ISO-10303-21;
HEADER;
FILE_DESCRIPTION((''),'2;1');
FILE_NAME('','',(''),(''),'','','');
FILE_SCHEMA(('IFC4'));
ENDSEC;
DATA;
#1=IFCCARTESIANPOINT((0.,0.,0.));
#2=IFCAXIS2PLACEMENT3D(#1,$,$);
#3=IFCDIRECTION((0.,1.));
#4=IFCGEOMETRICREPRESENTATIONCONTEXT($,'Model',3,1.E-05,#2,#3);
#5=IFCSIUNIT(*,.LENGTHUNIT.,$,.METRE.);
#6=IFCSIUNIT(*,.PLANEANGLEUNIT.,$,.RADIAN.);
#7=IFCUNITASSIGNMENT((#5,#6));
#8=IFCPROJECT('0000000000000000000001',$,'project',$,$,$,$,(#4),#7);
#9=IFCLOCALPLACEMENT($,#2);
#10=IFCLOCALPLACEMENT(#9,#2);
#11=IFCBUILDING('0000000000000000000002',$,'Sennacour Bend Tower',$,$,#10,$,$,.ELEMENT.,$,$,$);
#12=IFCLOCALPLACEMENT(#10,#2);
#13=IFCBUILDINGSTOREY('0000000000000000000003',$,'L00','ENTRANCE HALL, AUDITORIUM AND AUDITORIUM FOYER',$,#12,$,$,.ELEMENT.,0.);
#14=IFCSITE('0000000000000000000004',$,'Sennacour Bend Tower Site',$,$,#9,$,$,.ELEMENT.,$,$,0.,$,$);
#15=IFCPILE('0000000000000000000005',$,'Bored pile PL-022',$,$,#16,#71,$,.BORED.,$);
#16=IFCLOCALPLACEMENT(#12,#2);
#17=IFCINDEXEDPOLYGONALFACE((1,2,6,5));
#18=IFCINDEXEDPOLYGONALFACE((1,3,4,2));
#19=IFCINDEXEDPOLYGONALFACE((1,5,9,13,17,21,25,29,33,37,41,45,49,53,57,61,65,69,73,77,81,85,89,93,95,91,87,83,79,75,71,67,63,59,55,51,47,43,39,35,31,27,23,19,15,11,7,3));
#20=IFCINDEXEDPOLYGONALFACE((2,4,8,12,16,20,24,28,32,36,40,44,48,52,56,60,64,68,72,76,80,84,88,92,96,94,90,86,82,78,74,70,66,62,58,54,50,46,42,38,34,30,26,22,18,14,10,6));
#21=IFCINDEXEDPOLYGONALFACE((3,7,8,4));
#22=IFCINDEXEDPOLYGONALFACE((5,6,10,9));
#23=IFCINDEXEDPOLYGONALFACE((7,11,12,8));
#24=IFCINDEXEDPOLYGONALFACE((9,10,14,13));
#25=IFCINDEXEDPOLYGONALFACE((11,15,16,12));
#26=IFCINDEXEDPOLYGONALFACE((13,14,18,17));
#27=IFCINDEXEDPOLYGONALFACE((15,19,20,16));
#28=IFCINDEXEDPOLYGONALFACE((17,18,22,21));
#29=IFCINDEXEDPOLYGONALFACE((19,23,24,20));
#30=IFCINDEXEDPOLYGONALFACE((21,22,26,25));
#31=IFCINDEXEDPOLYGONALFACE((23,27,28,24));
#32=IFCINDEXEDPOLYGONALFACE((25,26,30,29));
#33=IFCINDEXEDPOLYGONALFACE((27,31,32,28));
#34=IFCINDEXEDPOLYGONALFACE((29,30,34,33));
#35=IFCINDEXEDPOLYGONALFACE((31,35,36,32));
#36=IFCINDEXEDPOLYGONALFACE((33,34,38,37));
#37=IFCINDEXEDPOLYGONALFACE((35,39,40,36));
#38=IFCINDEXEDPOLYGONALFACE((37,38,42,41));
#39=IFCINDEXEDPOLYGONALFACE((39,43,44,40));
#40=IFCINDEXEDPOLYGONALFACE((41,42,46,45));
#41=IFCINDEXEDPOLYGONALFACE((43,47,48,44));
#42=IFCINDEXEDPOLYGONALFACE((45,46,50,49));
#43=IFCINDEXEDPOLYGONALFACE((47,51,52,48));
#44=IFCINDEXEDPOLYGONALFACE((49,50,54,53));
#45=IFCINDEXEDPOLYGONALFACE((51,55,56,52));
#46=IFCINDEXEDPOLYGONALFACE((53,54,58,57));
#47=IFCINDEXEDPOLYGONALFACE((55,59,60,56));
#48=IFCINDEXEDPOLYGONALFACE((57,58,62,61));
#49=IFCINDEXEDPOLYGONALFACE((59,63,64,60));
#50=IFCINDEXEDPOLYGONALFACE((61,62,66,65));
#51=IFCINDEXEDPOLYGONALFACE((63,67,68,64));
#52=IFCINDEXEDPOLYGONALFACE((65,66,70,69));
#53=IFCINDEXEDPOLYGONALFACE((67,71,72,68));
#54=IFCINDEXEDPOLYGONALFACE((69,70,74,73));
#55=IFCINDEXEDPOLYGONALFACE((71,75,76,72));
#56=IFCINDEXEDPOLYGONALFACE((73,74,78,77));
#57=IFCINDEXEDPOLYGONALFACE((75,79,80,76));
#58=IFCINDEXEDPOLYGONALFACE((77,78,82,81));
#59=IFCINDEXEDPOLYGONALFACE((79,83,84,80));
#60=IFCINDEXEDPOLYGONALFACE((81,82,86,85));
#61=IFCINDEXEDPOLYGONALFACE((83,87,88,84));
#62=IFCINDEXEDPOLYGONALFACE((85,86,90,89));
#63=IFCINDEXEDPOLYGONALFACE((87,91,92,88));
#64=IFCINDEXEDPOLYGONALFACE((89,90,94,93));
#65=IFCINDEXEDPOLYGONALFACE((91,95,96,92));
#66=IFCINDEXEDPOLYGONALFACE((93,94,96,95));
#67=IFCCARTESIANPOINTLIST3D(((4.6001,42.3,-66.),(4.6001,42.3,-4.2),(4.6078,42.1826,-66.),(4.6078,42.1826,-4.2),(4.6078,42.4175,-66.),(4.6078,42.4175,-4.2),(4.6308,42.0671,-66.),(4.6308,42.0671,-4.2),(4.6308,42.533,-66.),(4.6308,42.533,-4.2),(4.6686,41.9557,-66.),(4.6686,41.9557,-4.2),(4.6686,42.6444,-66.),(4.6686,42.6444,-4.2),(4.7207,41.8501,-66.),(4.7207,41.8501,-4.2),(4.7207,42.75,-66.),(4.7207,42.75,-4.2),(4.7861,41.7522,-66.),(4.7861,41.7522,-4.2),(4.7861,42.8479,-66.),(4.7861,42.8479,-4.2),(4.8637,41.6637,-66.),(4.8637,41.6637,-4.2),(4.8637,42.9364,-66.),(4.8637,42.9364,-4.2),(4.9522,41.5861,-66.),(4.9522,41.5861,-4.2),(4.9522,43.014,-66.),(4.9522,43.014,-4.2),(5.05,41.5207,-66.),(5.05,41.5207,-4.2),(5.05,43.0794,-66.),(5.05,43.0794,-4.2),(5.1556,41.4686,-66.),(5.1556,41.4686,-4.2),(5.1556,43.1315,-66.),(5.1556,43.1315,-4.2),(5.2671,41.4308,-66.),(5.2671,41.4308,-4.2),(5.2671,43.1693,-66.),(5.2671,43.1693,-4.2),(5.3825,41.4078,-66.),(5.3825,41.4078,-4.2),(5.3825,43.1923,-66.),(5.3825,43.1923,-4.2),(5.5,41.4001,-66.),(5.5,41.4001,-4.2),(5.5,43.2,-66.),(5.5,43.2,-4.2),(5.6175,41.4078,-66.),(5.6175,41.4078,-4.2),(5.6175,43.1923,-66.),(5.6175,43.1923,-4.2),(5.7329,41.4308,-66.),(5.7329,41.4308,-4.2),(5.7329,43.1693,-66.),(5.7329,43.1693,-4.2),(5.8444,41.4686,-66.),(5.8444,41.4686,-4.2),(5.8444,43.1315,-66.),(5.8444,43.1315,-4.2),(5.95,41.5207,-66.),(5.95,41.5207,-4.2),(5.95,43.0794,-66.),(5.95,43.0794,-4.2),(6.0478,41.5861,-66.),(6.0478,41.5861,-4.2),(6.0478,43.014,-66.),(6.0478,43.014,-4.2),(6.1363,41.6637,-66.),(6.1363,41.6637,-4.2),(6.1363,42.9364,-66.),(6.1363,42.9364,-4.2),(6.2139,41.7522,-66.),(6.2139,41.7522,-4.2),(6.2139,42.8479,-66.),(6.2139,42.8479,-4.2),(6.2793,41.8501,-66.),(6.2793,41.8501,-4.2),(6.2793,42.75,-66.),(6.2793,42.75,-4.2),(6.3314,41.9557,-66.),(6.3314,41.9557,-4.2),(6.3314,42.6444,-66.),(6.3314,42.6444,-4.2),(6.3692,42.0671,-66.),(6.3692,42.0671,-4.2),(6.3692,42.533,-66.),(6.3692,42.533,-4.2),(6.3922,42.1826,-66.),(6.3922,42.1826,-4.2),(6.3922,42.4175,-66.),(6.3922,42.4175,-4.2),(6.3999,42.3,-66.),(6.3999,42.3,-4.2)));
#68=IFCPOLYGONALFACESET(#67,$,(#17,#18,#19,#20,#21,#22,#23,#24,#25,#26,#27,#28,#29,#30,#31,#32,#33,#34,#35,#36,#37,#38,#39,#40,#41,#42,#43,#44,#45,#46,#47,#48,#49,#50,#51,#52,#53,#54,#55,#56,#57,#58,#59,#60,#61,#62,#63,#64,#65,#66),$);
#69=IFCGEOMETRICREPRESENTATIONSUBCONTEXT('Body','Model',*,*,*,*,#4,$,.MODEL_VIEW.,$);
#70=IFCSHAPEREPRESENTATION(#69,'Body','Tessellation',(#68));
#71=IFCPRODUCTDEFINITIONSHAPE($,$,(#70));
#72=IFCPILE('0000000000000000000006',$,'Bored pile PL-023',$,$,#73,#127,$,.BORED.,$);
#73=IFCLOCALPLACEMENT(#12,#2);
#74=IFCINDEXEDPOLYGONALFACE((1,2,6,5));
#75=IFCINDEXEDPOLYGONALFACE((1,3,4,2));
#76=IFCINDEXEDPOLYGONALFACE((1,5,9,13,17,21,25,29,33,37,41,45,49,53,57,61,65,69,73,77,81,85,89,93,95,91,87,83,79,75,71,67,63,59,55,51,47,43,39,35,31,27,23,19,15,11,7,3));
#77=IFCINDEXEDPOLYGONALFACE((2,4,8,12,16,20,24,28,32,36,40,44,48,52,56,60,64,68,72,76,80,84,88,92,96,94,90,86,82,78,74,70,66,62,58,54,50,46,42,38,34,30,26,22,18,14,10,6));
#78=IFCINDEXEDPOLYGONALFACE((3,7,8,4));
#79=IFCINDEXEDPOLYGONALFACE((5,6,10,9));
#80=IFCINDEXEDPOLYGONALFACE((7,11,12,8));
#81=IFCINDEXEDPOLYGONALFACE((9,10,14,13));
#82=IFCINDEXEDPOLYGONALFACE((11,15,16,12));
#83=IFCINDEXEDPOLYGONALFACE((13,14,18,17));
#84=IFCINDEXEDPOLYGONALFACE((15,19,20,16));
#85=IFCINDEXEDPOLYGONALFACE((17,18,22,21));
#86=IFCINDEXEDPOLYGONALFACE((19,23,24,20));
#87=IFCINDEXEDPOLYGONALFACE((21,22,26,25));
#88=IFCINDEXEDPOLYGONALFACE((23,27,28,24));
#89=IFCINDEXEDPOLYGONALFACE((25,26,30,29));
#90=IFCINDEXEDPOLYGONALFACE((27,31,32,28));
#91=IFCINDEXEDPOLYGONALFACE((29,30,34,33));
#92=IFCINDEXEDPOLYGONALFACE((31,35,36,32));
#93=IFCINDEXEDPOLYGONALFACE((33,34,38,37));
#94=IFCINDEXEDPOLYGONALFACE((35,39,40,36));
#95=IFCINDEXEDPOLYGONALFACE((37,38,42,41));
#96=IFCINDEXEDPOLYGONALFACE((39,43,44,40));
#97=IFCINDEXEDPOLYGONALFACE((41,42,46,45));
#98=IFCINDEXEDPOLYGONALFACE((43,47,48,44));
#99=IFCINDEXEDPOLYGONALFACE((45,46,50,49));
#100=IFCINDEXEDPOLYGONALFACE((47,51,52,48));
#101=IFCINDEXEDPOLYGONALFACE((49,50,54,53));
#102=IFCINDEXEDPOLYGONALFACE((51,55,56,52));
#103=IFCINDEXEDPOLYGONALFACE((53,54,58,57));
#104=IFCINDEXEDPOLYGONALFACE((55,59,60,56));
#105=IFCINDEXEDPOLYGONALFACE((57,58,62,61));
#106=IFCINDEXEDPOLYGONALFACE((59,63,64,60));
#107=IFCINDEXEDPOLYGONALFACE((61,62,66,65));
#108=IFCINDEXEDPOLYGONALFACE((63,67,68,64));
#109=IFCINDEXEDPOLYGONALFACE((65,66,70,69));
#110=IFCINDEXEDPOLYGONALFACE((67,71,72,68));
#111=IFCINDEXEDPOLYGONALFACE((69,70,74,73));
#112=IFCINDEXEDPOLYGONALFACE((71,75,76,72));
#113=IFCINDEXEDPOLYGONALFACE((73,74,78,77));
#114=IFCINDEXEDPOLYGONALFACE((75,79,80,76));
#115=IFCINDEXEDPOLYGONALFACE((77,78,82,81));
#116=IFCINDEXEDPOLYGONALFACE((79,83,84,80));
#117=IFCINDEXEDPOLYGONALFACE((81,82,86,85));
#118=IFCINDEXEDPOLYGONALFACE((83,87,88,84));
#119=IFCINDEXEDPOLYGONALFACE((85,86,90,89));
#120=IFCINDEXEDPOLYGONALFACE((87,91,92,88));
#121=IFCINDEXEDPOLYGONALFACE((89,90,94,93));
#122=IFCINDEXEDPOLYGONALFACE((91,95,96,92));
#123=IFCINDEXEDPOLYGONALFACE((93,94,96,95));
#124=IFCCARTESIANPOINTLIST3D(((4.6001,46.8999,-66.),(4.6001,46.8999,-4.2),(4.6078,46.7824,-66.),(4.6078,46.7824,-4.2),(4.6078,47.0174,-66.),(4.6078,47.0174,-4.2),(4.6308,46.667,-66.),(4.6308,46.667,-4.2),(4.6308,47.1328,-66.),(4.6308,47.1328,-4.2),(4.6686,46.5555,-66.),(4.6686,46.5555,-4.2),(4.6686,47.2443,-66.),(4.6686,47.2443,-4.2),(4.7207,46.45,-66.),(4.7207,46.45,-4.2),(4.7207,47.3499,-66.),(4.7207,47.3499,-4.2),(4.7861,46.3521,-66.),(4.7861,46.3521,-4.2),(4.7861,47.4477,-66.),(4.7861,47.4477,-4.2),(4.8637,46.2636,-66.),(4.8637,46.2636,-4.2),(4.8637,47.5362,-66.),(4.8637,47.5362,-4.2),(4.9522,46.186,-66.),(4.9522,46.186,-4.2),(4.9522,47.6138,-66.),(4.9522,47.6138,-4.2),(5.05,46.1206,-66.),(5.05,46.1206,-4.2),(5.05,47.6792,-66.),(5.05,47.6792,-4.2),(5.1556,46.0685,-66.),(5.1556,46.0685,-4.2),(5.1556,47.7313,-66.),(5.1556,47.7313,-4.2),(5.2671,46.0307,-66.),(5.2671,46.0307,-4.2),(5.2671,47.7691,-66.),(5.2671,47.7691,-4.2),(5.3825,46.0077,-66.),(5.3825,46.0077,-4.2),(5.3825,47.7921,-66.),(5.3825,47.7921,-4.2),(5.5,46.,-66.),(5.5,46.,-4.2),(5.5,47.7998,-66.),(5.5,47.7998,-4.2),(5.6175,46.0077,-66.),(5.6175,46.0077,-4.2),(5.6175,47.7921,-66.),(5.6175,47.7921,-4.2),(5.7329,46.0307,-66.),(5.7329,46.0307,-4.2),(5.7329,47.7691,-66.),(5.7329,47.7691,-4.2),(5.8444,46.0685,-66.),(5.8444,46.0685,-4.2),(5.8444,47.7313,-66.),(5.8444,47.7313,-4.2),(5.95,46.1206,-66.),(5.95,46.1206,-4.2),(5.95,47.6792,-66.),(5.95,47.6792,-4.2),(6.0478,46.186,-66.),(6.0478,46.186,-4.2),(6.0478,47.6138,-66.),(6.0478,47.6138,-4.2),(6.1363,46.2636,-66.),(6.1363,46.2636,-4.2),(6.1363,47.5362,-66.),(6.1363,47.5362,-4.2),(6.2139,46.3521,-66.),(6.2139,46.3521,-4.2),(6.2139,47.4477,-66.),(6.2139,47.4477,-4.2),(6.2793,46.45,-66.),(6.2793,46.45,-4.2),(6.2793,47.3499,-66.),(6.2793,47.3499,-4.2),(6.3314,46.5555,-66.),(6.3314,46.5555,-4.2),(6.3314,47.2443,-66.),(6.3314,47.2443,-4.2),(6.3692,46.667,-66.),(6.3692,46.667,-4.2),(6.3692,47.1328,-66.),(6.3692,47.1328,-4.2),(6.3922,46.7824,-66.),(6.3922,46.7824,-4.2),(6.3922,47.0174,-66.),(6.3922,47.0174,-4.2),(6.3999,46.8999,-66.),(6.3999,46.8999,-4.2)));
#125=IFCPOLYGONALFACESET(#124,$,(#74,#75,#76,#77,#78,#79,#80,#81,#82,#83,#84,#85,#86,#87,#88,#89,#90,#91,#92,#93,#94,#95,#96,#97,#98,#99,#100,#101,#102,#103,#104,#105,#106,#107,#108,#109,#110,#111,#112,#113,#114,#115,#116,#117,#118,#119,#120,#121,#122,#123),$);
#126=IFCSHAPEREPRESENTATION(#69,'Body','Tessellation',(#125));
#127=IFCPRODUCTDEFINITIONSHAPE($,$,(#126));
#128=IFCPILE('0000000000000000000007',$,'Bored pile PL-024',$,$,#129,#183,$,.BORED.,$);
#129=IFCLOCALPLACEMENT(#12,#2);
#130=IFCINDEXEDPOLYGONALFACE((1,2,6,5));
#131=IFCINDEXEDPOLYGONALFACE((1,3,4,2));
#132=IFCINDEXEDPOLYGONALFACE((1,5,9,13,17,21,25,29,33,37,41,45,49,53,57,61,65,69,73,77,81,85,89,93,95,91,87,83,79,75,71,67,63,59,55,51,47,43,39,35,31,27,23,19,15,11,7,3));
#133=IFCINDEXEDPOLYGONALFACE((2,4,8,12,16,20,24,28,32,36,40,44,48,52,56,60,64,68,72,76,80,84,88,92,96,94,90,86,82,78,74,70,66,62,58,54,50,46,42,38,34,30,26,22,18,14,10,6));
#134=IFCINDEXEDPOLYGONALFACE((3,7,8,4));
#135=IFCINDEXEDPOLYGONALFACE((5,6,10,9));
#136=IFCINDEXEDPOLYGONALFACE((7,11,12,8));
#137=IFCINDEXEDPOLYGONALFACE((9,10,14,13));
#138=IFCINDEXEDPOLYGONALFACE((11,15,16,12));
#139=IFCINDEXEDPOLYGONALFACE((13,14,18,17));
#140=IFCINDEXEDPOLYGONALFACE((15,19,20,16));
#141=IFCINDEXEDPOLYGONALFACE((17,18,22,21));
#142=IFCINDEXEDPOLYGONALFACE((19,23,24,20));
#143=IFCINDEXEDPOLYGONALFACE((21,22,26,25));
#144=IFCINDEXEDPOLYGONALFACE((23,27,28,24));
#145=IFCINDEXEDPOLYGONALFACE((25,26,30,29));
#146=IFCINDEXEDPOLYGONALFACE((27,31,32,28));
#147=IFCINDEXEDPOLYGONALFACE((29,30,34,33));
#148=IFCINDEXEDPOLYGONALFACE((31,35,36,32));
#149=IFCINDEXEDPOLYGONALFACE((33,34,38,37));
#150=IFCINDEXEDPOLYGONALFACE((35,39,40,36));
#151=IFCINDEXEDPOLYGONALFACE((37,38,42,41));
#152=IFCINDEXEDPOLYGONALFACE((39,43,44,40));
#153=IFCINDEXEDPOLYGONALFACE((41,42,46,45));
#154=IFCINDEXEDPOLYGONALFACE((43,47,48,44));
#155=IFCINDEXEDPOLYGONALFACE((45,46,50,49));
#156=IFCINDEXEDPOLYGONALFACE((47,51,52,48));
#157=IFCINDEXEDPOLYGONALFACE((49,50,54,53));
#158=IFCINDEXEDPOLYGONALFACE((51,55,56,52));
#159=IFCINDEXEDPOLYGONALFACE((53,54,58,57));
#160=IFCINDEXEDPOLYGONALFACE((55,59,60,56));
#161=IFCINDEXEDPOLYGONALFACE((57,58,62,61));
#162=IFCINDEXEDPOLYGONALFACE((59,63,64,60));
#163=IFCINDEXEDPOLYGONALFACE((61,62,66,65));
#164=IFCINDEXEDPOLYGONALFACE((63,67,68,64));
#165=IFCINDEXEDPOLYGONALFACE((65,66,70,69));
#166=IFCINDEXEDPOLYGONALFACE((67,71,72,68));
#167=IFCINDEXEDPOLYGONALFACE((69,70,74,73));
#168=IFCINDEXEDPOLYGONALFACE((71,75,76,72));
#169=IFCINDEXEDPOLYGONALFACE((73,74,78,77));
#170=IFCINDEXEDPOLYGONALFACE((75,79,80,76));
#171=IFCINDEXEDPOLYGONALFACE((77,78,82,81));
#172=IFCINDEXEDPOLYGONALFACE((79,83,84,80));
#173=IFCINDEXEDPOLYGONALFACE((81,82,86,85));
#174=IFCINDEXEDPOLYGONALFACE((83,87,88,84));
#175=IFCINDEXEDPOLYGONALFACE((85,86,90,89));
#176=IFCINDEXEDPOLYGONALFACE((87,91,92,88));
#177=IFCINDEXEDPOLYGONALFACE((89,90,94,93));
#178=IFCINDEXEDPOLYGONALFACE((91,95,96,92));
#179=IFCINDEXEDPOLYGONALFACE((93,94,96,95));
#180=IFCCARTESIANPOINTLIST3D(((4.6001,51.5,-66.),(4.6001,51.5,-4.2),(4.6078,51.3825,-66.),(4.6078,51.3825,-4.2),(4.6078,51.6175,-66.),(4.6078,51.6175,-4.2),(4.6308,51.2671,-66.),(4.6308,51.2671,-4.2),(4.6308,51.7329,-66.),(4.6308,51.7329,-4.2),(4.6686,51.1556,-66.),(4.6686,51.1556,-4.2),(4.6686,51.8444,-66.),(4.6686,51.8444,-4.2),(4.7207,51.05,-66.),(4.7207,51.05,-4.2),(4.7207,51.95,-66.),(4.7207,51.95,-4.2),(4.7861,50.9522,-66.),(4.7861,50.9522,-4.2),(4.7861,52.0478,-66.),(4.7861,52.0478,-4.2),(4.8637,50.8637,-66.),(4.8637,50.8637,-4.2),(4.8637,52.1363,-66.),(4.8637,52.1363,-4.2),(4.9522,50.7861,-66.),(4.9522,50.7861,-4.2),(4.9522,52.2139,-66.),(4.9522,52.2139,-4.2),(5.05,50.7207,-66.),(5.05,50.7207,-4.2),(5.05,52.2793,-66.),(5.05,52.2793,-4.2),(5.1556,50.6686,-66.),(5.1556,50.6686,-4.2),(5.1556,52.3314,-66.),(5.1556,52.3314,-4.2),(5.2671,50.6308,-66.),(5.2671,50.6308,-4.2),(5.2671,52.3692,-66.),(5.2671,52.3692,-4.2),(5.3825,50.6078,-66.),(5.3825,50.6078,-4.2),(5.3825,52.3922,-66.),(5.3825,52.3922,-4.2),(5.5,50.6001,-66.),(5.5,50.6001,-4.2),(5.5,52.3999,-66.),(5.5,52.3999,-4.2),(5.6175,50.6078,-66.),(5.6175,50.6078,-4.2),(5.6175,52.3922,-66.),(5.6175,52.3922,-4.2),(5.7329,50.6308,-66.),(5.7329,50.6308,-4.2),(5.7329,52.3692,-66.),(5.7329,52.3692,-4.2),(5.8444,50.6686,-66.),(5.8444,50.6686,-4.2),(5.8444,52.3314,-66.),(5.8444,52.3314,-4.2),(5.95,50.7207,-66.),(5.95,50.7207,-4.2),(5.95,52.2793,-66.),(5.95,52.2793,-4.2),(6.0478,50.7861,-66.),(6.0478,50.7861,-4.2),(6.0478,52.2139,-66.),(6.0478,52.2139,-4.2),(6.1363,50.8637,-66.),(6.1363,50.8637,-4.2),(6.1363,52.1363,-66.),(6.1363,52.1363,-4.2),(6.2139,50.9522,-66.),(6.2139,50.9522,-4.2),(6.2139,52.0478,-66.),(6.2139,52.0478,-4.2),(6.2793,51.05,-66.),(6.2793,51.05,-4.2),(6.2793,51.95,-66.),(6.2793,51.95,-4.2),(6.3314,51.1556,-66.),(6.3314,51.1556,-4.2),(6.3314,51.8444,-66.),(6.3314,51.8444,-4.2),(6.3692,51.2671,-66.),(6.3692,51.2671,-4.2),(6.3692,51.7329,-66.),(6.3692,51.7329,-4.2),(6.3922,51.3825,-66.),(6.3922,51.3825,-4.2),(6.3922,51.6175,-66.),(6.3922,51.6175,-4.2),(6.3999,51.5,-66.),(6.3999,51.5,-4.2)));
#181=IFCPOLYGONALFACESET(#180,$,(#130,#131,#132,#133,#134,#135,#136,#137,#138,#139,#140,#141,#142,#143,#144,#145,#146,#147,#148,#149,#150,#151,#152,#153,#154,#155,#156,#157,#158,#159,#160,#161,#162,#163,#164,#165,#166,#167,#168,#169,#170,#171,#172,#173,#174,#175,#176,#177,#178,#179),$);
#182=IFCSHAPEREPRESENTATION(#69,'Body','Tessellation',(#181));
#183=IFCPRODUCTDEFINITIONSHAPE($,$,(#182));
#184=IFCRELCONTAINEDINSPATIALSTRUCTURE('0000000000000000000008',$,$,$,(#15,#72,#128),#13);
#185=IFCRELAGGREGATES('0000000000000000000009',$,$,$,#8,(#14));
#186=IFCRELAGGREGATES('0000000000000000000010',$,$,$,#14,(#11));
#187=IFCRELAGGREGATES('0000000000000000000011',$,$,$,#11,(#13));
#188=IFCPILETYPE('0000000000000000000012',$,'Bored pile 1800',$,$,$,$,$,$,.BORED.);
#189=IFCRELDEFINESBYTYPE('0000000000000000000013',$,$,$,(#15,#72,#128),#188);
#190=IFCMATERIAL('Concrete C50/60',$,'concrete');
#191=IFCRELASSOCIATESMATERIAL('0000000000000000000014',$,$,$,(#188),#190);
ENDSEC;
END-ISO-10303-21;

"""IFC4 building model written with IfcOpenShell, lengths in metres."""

from ifc_helpers import new_model, si_unit, direction, frame, origin, origin_2d, place, context, subcontext, project, spatial, circle, extrude, material, material_profile, profile_set, type_object, element, save


model = new_model("IFC4")

# Units and contexts
model_context = context("Model", 3, precision=1e-05, world=origin(), true_north=direction((0.0, 1.0)))
body_context = subcontext(model_context, "Body", "Model", "MODEL_VIEW")
ifc_project = project(units=[si_unit("LENGTHUNIT", "METRE"), si_unit("PLANEANGLEUNIT", "RADIAN")], contexts=[model_context])

# Site, building, storey
site_placement = place(None, origin())
site = spatial("IfcSite", under=ifc_project, at=site_placement, Name="Sennacour Bend Tower Site", CompositionType="ELEMENT", RefElevation=0.0)
building_placement = place(site_placement, origin())
building = spatial("IfcBuilding", under=site, at=building_placement, Name="Sennacour Bend Tower", CompositionType="ELEMENT")
storey_placement = place(building_placement, origin())
storey = spatial("IfcBuildingStorey", under=building, at=storey_placement, Name="L00", Description="ENTRANCE HALL, AUDITORIUM AND AUDITORIUM FOYER", CompositionType="ELEMENT", Elevation=0.0)

# Piles
ifc_material_1 = material(Name="Concrete C50/60", Category="concrete")
ifc_material_profile = material_profile(ifc_material_1, circle(Radius=0.8999, at=origin_2d()), Name="Concrete C50/60", Category="concrete")
ifc_profile_set = profile_set([ifc_material_profile], Name="Concrete C50/60")
pile_type = type_object("IfcPileType", Name="Bored pile 1800", PredefinedType="BORED", material=ifc_profile_set)
for number, where, z_axis, x_axis, name in (
    (1, (5.5, 42.3, -4.2), (0.0, 0.0, -1.0), (1.0, 0.0, 0.0), "Bored pile PL-022"),
    (2, (5.5, 46.8999, -4.2), (0.0, 0.0, -1.0), (1.0, 0.0, 0.0), "Bored pile PL-023"),
    (3, (5.5, 51.5, -4.2), (0.0, 0.0, -1.0), (1.0, 0.0, 0.0), "Bored pile PL-024"),
):
    element("IfcPile", number, at=place(storey_placement, frame(where, z_axis=z_axis, x_axis=x_axis)), inside=storey, type_object=pile_type, Name=name, PredefinedType="BORED", context=body_context, shape_type="SweptSolid", body=[
        extrude(circle(Radius=0.8999, at=origin_2d()), origin(), (0.0, 0.0, 1.0), 61.8),
    ])

save(model, "model.ifc")
